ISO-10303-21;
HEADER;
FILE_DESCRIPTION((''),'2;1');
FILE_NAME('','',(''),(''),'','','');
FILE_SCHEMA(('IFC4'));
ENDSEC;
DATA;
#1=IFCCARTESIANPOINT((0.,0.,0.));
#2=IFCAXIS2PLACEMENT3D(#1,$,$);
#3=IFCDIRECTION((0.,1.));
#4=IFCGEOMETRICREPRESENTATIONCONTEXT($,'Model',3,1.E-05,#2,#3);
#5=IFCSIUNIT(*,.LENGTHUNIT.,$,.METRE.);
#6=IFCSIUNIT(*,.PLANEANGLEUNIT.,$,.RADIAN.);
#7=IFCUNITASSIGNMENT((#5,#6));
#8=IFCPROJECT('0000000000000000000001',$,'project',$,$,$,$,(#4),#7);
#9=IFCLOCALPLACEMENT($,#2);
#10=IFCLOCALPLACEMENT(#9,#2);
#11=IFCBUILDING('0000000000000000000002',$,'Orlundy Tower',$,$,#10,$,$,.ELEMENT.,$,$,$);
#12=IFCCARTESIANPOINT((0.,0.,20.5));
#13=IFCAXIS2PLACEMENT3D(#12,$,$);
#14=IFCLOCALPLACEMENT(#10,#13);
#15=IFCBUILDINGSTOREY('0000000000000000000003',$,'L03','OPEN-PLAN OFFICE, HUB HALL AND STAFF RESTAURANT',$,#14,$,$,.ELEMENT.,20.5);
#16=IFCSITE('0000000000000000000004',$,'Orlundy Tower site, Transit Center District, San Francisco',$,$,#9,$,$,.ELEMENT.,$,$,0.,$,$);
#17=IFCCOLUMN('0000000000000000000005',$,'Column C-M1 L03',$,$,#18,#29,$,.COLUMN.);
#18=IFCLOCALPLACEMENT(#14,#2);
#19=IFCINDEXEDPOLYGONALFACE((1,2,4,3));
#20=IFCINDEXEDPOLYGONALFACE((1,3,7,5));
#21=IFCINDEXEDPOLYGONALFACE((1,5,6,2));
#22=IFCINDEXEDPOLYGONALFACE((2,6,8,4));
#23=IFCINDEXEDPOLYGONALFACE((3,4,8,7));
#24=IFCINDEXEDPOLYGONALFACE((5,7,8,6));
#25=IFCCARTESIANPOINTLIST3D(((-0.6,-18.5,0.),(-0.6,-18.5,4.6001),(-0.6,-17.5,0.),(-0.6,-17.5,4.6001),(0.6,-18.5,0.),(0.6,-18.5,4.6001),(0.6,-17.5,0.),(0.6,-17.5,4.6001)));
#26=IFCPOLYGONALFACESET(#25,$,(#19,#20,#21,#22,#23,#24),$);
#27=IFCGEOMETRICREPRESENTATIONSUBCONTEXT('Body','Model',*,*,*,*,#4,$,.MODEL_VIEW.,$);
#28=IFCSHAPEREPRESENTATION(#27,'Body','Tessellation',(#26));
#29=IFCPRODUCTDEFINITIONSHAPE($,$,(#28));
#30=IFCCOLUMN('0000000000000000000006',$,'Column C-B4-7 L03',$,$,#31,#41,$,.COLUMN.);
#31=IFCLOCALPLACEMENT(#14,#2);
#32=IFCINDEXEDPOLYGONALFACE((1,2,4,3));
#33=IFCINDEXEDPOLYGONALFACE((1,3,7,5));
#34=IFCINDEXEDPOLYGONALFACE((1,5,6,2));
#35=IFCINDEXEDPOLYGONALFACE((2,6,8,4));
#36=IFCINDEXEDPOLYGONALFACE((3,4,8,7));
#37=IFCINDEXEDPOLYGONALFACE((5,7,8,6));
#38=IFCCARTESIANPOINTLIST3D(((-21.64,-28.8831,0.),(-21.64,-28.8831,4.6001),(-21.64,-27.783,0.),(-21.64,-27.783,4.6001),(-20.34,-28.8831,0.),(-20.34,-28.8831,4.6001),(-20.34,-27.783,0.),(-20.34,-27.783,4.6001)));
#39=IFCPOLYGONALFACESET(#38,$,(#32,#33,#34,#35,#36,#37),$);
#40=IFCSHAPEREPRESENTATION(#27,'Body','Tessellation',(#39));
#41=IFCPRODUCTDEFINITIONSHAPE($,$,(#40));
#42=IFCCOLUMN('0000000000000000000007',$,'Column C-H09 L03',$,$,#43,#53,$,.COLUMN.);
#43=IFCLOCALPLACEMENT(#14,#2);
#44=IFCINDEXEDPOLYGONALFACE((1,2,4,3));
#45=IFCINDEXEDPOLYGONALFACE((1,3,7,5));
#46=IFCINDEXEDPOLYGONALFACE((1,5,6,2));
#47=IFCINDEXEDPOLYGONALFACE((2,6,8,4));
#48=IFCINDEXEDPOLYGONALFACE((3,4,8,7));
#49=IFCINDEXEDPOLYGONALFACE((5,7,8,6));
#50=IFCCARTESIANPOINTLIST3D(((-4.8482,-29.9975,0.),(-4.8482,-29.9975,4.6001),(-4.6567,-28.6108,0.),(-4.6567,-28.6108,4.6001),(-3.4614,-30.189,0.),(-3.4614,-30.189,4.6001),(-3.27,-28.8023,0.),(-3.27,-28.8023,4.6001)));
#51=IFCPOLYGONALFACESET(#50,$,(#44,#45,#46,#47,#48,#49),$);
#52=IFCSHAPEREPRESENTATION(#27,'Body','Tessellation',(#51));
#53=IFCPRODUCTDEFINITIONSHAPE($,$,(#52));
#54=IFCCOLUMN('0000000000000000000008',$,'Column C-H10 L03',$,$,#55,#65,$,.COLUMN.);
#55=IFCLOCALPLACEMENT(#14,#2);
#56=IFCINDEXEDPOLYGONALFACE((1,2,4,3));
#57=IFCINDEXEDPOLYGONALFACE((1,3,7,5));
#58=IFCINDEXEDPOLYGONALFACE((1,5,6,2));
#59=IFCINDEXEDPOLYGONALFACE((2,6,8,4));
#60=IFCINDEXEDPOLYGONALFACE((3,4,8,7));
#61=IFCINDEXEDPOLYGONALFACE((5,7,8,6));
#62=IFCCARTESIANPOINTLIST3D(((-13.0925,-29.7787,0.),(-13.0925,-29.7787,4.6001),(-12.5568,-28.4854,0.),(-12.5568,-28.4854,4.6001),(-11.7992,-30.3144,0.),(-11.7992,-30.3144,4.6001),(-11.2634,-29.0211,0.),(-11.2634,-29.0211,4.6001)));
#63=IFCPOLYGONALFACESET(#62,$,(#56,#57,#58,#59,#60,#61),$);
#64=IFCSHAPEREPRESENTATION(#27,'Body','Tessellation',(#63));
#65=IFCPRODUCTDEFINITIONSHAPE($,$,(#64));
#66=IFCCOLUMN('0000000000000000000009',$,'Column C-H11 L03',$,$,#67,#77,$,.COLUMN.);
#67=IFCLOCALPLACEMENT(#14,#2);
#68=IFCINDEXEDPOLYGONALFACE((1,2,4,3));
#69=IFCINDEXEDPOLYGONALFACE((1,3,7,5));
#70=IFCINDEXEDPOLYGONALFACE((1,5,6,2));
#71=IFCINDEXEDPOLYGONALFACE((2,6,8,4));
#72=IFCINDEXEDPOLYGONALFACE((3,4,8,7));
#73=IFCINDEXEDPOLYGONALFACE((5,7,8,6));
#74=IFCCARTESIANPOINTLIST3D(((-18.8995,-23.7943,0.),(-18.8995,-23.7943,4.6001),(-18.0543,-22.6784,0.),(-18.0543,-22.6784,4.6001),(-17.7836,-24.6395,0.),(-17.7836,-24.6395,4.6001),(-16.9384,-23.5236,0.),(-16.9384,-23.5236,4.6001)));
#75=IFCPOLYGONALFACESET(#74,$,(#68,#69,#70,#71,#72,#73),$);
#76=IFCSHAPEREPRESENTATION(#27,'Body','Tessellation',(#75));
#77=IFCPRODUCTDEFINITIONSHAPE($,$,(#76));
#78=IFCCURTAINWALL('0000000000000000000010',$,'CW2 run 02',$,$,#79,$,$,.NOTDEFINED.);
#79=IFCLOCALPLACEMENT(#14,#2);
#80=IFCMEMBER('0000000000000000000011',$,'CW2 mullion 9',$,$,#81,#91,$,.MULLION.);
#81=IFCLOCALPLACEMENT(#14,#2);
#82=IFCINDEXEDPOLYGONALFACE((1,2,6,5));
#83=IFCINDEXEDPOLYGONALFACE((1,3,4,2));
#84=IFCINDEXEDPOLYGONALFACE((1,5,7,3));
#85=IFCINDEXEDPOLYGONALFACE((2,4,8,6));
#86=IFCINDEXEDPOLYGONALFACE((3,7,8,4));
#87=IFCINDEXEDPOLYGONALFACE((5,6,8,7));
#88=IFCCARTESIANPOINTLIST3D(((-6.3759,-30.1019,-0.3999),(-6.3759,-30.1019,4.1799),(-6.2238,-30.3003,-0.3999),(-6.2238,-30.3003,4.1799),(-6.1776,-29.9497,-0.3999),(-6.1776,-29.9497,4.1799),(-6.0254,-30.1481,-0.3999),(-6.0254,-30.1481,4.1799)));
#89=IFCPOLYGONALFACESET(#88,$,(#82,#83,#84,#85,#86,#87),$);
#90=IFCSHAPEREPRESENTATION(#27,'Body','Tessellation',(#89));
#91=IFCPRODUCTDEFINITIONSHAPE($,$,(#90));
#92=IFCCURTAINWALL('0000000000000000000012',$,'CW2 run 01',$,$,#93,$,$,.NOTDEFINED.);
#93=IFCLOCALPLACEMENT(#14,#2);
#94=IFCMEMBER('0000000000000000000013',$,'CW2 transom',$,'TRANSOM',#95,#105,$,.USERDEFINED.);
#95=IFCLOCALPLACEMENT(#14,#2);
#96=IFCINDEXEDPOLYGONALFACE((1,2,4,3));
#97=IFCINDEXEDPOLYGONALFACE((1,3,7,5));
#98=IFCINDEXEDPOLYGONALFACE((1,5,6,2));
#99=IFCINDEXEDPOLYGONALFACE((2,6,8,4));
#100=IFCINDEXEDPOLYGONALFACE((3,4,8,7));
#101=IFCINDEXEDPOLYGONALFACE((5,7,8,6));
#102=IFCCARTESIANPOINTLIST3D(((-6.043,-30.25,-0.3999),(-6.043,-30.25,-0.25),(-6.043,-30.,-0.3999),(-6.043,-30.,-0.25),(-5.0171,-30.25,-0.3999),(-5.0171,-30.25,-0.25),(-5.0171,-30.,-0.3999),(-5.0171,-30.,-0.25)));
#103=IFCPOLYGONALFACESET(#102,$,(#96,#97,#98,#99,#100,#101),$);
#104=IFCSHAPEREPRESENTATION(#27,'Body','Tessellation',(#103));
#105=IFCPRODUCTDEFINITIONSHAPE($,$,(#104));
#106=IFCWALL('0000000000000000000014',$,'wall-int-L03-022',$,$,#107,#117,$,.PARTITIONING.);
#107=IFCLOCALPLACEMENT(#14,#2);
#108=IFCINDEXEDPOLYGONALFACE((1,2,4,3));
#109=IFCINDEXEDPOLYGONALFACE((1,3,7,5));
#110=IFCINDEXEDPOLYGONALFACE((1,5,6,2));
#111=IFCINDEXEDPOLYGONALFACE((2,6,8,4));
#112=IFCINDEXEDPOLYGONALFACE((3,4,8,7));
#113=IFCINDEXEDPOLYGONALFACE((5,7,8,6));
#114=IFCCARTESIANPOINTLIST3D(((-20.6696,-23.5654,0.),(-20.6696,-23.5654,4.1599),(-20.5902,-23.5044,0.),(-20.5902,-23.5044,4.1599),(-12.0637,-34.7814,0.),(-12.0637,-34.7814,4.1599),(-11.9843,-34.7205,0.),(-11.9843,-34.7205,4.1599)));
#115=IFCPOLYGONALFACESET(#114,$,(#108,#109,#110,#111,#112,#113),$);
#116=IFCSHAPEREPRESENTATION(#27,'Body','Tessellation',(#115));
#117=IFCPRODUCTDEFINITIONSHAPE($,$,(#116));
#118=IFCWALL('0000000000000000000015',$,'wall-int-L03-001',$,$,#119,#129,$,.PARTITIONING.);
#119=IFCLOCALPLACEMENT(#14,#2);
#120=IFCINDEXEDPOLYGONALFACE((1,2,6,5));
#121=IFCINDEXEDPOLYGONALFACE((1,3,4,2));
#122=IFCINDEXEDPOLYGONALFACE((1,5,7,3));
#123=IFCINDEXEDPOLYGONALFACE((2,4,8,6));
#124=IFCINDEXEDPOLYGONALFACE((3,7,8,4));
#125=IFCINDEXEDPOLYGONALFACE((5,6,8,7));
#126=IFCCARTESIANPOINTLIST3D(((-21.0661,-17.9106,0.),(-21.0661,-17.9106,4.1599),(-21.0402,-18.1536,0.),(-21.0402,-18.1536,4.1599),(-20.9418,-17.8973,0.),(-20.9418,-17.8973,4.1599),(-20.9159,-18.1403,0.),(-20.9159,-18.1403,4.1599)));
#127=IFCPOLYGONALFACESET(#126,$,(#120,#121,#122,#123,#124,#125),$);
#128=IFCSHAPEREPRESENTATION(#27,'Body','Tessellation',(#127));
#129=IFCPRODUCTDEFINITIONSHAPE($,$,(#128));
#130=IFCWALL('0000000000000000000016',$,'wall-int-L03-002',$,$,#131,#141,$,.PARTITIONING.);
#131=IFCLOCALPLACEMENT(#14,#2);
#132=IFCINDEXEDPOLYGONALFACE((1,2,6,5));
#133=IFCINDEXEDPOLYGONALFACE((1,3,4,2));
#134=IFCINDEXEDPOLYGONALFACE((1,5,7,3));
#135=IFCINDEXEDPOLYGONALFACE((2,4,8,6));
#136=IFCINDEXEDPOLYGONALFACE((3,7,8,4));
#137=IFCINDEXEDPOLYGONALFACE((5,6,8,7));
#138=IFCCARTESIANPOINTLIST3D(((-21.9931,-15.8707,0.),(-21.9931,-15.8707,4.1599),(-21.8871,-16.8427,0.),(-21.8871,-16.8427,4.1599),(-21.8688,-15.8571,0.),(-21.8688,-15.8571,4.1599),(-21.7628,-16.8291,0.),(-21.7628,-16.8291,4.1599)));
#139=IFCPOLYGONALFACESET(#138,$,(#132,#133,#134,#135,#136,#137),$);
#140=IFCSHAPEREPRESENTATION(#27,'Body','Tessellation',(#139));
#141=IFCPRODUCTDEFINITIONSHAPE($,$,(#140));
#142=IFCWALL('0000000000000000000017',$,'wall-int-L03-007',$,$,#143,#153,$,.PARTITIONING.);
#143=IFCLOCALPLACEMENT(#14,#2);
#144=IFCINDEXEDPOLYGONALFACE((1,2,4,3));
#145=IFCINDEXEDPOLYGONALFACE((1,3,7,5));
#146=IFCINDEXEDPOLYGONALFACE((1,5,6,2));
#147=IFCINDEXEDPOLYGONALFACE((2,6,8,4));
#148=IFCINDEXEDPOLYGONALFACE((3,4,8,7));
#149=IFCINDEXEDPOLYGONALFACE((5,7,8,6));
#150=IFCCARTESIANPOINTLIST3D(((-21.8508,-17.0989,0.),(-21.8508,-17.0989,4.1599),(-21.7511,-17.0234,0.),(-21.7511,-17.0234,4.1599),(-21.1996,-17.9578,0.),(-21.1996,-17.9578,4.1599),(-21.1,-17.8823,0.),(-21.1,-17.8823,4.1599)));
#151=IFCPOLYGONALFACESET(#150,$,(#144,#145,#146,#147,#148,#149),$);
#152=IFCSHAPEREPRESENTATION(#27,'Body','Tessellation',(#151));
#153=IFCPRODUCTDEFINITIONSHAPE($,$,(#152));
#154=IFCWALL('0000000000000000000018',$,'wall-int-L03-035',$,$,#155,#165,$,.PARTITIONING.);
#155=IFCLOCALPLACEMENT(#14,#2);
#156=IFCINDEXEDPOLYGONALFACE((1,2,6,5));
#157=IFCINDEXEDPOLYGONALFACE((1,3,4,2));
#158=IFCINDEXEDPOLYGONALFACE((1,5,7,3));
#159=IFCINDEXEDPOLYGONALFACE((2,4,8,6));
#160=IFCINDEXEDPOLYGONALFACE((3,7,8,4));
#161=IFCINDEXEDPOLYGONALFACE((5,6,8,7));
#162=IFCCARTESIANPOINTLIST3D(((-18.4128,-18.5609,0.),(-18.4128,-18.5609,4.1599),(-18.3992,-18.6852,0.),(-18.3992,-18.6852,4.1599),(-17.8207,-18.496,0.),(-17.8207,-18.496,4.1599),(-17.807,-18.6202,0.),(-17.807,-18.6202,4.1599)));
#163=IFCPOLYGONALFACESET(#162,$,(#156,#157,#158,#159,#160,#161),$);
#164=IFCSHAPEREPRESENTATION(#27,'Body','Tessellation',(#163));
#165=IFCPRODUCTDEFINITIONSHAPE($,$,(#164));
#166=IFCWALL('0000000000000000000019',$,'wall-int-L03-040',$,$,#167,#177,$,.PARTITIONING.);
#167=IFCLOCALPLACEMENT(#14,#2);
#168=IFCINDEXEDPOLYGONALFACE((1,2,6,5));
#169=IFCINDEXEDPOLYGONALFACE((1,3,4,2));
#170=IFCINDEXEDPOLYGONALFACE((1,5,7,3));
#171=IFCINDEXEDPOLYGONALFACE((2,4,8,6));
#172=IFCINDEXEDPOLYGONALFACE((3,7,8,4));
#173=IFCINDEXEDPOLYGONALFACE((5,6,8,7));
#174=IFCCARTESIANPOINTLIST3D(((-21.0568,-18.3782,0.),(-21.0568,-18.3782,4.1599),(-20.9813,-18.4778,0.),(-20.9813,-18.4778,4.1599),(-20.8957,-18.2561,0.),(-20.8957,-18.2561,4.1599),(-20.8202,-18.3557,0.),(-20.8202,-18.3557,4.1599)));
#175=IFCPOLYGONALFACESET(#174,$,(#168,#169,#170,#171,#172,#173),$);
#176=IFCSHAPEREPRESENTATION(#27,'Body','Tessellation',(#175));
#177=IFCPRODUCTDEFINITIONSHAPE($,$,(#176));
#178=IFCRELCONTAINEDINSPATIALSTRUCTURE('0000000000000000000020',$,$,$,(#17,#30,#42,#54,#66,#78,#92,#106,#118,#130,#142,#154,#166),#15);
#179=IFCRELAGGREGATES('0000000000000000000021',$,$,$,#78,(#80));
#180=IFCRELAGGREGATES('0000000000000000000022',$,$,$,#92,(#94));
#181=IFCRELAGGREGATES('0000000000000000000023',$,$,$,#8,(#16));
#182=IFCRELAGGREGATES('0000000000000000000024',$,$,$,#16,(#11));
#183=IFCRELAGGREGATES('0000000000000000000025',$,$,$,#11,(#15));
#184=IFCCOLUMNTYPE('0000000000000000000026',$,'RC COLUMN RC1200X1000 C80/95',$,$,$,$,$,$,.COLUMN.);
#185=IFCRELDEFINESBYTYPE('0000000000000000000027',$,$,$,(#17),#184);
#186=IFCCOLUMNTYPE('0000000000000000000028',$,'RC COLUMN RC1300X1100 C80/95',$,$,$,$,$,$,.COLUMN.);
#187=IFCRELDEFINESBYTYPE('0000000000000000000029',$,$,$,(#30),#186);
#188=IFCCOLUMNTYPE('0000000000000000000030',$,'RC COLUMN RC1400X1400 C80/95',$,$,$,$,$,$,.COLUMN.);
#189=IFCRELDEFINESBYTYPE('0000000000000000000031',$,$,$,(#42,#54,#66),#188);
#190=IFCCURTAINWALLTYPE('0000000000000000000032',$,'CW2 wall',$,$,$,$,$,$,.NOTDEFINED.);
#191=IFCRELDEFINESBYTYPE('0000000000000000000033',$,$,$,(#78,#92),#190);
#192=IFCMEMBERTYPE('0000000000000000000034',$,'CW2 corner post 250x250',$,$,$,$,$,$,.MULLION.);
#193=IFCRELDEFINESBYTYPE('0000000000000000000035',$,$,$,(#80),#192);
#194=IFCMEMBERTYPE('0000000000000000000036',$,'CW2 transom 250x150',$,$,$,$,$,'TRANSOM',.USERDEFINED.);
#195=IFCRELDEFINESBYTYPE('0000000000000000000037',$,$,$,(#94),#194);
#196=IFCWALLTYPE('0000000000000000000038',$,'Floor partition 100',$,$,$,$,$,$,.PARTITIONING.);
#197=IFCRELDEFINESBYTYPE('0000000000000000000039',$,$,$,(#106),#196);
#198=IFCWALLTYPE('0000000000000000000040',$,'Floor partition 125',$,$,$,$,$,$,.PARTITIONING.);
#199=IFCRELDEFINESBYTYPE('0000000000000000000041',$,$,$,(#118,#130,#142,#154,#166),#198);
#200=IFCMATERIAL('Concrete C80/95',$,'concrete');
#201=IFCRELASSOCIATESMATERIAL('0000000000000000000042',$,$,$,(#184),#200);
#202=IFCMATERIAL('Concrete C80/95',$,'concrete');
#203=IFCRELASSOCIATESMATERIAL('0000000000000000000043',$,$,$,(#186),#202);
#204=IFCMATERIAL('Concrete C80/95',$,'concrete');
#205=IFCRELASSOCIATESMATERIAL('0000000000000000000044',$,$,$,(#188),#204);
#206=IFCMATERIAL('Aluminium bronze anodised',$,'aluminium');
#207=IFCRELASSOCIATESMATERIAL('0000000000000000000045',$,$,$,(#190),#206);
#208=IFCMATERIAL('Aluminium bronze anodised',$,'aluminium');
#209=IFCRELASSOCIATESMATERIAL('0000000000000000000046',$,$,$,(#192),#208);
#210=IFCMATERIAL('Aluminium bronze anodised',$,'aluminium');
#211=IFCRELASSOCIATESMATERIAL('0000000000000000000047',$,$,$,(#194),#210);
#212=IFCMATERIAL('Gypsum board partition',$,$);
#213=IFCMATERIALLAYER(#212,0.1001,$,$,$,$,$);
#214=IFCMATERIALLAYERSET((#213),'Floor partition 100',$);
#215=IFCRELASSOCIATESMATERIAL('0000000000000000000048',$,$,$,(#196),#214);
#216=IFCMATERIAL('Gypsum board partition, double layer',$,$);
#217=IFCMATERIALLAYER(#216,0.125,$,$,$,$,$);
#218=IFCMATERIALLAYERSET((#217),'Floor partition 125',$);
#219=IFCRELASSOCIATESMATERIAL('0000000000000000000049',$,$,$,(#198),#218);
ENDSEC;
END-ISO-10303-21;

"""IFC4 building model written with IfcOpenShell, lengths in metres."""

from ifc_helpers import new_model, si_unit, direction, frame, frame_2d, origin, origin_2d, place, context, subcontext, project, spatial, rectangle, extrude, material, layer, layer_set, material_profile, profile_set, type_object, element, aggregate, save


model = new_model("IFC4")

# Units and contexts
model_context = context("Model", 3, precision=1e-05, world=origin(), true_north=direction((0.0, 1.0)))
body_context = subcontext(model_context, "Body", "Model", "MODEL_VIEW")
ifc_project = project(units=[si_unit("LENGTHUNIT", "METRE"), si_unit("PLANEANGLEUNIT", "RADIAN")], contexts=[model_context])

# Site, building, storey
site_placement = place(None, origin())
site = spatial("IfcSite", under=ifc_project, at=site_placement, Name="Orlundy Tower site, Transit Center District, San Francisco", CompositionType="ELEMENT", RefElevation=0.0)
building_placement = place(site_placement, origin())
building = spatial("IfcBuilding", under=site, at=building_placement, Name="Orlundy Tower", CompositionType="ELEMENT")
storey_placement = place(building_placement, frame((0.0, 0.0, 20.5)))
storey = spatial("IfcBuildingStorey", under=building, at=storey_placement, Name="L03", Description="OPEN-PLAN OFFICE, HUB HALL AND STAFF RESTAURANT", CompositionType="ELEMENT", Elevation=20.5)

# Columns
ifc_material_1 = material(Name="Concrete C80/95", Category="concrete")
ifc_material_profile_1 = material_profile(ifc_material_1, rectangle(XDim=1.2, YDim=1.0, at=origin_2d()), Name="RC1200X1000")
ifc_profile_set_1 = profile_set([ifc_material_profile_1], Name="Concrete C80/95")
column_type_1 = type_object("IfcColumnType", Name="RC COLUMN RC1200X1000 C80/95", PredefinedType="COLUMN", material=ifc_profile_set_1)
column_1_placement = place(storey_placement, frame((0.0, -18.0, 0.0), z_axis=(0.0, 0.0, 1.0), x_axis=(1.0, 0.0, 0.0)))
element("IfcColumn", 1, at=column_1_placement, inside=storey, type_object=column_type_1, Name="Column C-M1 L03", PredefinedType="COLUMN", context=body_context, shape_type="SweptSolid", body=[
    extrude(rectangle(XDim=1.2, YDim=1.0, at=origin_2d()), origin(), (0.0, 0.0, 1.0), 4.6001),
])
ifc_material_2 = material(Name="Concrete C80/95", Category="concrete")
ifc_material_profile_2 = material_profile(ifc_material_2, rectangle(XDim=1.3, YDim=1.1001, at=origin_2d()), Name="RC1300X1100")
ifc_profile_set_2 = profile_set([ifc_material_profile_2], Name="Concrete C80/95")
column_type_2 = type_object("IfcColumnType", Name="RC COLUMN RC1300X1100 C80/95", PredefinedType="COLUMN", material=ifc_profile_set_2)
column_2_placement = place(storey_placement, frame((-20.99, -28.333, 0.0), z_axis=(0.0, 0.0, 1.0), x_axis=(1.0, 0.0, 0.0)))
element("IfcColumn", 2, at=column_2_placement, inside=storey, type_object=column_type_2, Name="Column C-B4-7 L03", PredefinedType="COLUMN", context=body_context, shape_type="SweptSolid", body=[
    extrude(rectangle(XDim=1.3, YDim=1.1001, at=origin_2d()), origin(), (0.0, 0.0, 1.0), 4.6001),
])
ifc_material_3 = material(Name="Concrete C80/95", Category="concrete")
ifc_material_profile_3 = material_profile(ifc_material_3, rectangle(XDim=1.3999, YDim=1.3999, at=origin_2d()), Name="RC1400X1400")
ifc_profile_set_3 = profile_set([ifc_material_profile_3], Name="Concrete C80/95")
column_type_3 = type_object("IfcColumnType", Name="RC COLUMN RC1400X1400 C80/95", PredefinedType="COLUMN", material=ifc_profile_set_3)
for number, where, z_axis, x_axis, name in (
    (3, (-4.0591, -29.3999, 0.0), (0.0, 0.0, 1.0), (-0.13677, -0.990603, 0.0), "Column C-H09 L03"),
    (4, (-12.178, -29.3999, 0.0), (0.0, 0.0, 1.0), (-0.382683, -0.92388, 0.0), "Column C-H10 L03"),
    (5, (-17.9189, -23.6589, 0.0), (0.0, 0.0, 1.0), (-0.603765, -0.797163, 0.0), "Column C-H11 L03"),
):
    element("IfcColumn", number, at=place(storey_placement, frame(where, z_axis=z_axis, x_axis=x_axis)), inside=storey, type_object=column_type_3, Name=name, PredefinedType="COLUMN", context=body_context, shape_type="SweptSolid", body=[
        extrude(rectangle(XDim=1.3999, YDim=1.3999, at=origin_2d()), origin(), (0.0, 0.0, 1.0), 4.6001),
    ])

# Curtain walls, members
ifc_material_4 = material(Name="Aluminium bronze anodised", Category="aluminium")
curtain_wall_type = type_object("IfcCurtainWallType", Name="CW2 wall", PredefinedType="NOTDEFINED", material=ifc_material_4)
curtain_wall_1_placement = place(storey_placement, origin())
curtain_wall_1 = element("IfcCurtainWall", 6, at=curtain_wall_1_placement, inside=storey, type_object=curtain_wall_type, Name="CW2 run 02", PredefinedType="NOTDEFINED")
ifc_material_5 = material(Name="Aluminium bronze anodised", Category="aluminium")
ifc_material_profile_4 = material_profile(ifc_material_5, rectangle(XDim=0.25, YDim=0.25, at=origin_2d()), Name="CW2 corner post 250x250")
ifc_profile_set_4 = profile_set([ifc_material_profile_4], Name="Aluminium bronze anodised")
member_type_1 = type_object("IfcMemberType", Name="CW2 corner post 250x250", PredefinedType="MULLION", material=ifc_profile_set_4)
member_1_placement = place(storey_placement, frame((-6.2007, -30.125, -0.3999), z_axis=(0.0, 0.0, 1.0), x_axis=(0.608763, -0.793352, 0.0)))
member_1 = element("IfcMember", 7, at=member_1_placement, type_object=member_type_1, Name="CW2 mullion 9", PredefinedType="MULLION", context=body_context, shape_type="SweptSolid", body=[
    extrude(rectangle(XDim=0.25, YDim=0.25, at=origin_2d()), origin(), (0.0, 0.0, 1.0), 4.5798),
])
aggregate(curtain_wall_1, [member_1])
curtain_wall_2_placement = place(storey_placement, origin())
curtain_wall_2 = element("IfcCurtainWall", 8, at=curtain_wall_2_placement, inside=storey, type_object=curtain_wall_type, Name="CW2 run 01", PredefinedType="NOTDEFINED")
ifc_material_6 = material(Name="Aluminium bronze anodised", Category="aluminium")
ifc_material_profile_5 = material_profile(ifc_material_6, rectangle(XDim=0.25, YDim=0.1499, at=origin_2d()), Name="CW2 transom 250x150")
ifc_profile_set_5 = profile_set([ifc_material_profile_5], Name="Aluminium bronze anodised")
member_type_2 = type_object("IfcMemberType", Name="CW2 transom 250x150", ElementType="TRANSOM", PredefinedType="USERDEFINED", material=ifc_profile_set_5)
member_2_placement = place(storey_placement, frame((-5.0171, -30.125, -0.325), z_axis=(-1.0, 0.0, 0.0), x_axis=(0.0, -1.0, 0.0)))
member_2 = element("IfcMember", 9, at=member_2_placement, type_object=member_type_2, Name="CW2 transom", ObjectType="TRANSOM", PredefinedType="USERDEFINED", context=body_context, shape_type="SweptSolid", body=[
    extrude(rectangle(XDim=0.25, YDim=0.1499, at=origin_2d()), origin(), (0.0, 0.0, 1.0), 1.0259),
])
aggregate(curtain_wall_2, [member_2])

# Walls
ifc_material_7 = material(Name="Gypsum board partition")
ifc_layer_1 = layer(ifc_material_7, 0.1001)
ifc_layer_set_1 = layer_set([ifc_layer_1], Name="Floor partition 100")
wall_type_1 = type_object("IfcWallType", Name="Floor partition 100", PredefinedType="PARTITIONING", material=ifc_layer_set_1)
wall_1_placement = place(storey_placement, frame((-20.6299, -23.5349, 0.0), z_axis=(0.0, 0.0, 1.0), x_axis=(0.608742, -0.793368, 0.0)))
element("IfcWall", 10, at=wall_1_placement, inside=storey, type_object=wall_type_1, Name="wall-int-L03-022", PredefinedType="PARTITIONING", context=body_context, shape_type="SweptSolid", body=[
    extrude(rectangle(XDim=14.1372, YDim=0.1001, at=frame_2d((7.0686, 0.0))), origin(), (0.0, 0.0, 1.0), 4.1599),
])
ifc_material_8 = material(Name="Gypsum board partition, double layer")
ifc_layer_2 = layer(ifc_material_8, 0.125)
ifc_layer_set_2 = layer_set([ifc_layer_2], Name="Floor partition 125")
wall_type_2 = type_object("IfcWallType", Name="Floor partition 125", PredefinedType="PARTITIONING", material=ifc_layer_set_2)
wall_2_placement = place(storey_placement, frame((-21.0039, -17.9041, 0.0), z_axis=(0.0, 0.0, 1.0), x_axis=(0.105933, -0.994373, 0.0)))
element("IfcWall", 11, at=wall_2_placement, inside=storey, type_object=wall_type_2, Name="wall-int-L03-001", PredefinedType="PARTITIONING", context=body_context, shape_type="SweptSolid", body=[
    extrude(rectangle(XDim=0.2444, YDim=0.125, at=frame_2d((0.1221, 0.0))), origin(), (0.0, 0.0, 1.0), 4.1599),
])
wall_3_placement = place(storey_placement, frame((-21.9309, -15.864, 0.0), z_axis=(0.0, 0.0, 1.0), x_axis=(0.108376, -0.99411, 0.0)))
element("IfcWall", 12, at=wall_3_placement, inside=storey, type_object=wall_type_2, Name="wall-int-L03-002", PredefinedType="PARTITIONING", context=body_context, shape_type="SweptSolid", body=[
    extrude(rectangle(XDim=0.9778, YDim=0.125, at=frame_2d((0.4888, 0.0))), origin(), (0.0, 0.0, 1.0), 4.1599),
])
wall_4_placement = place(storey_placement, frame((-21.801, -17.061, 0.0), z_axis=(0.0, 0.0, 1.0), x_axis=(0.604124, -0.796891, 0.0)))
element("IfcWall", 13, at=wall_4_placement, inside=storey, type_object=wall_type_2, Name="wall-int-L03-007", PredefinedType="PARTITIONING", context=body_context, shape_type="SweptSolid", body=[
    extrude(rectangle(XDim=1.0779, YDim=0.125, at=frame_2d((0.5391, 0.0))), origin(), (0.0, 0.0, 1.0), 4.1599),
])
wall_5_placement = place(storey_placement, frame((-18.406, -18.623, 0.0), z_axis=(0.0, 0.0, 1.0), x_axis=(0.994038, 0.109037, 0.0)))
element("IfcWall", 14, at=wall_5_placement, inside=storey, type_object=wall_type_2, Name="wall-int-L03-035", PredefinedType="PARTITIONING", context=body_context, shape_type="SweptSolid", body=[
    extrude(rectangle(XDim=0.5957, YDim=0.125, at=frame_2d((0.2979, 0.0))), origin(), (0.0, 0.0, 1.0), 4.1599),
])
wall_6_placement = place(storey_placement, frame((-21.019, -18.428, 0.0), z_axis=(0.0, 0.0, 1.0), x_axis=(0.797092, 0.603858, 0.0)))
element("IfcWall", 15, at=wall_6_placement, inside=storey, type_object=wall_type_2, Name="wall-int-L03-040", PredefinedType="PARTITIONING", context=body_context, shape_type="SweptSolid", body=[
    extrude(rectangle(XDim=0.2021, YDim=0.125, at=frame_2d((0.1011, 0.0))), origin(), (0.0, 0.0, 1.0), 4.1599),
])

save(model, "model.ifc")
